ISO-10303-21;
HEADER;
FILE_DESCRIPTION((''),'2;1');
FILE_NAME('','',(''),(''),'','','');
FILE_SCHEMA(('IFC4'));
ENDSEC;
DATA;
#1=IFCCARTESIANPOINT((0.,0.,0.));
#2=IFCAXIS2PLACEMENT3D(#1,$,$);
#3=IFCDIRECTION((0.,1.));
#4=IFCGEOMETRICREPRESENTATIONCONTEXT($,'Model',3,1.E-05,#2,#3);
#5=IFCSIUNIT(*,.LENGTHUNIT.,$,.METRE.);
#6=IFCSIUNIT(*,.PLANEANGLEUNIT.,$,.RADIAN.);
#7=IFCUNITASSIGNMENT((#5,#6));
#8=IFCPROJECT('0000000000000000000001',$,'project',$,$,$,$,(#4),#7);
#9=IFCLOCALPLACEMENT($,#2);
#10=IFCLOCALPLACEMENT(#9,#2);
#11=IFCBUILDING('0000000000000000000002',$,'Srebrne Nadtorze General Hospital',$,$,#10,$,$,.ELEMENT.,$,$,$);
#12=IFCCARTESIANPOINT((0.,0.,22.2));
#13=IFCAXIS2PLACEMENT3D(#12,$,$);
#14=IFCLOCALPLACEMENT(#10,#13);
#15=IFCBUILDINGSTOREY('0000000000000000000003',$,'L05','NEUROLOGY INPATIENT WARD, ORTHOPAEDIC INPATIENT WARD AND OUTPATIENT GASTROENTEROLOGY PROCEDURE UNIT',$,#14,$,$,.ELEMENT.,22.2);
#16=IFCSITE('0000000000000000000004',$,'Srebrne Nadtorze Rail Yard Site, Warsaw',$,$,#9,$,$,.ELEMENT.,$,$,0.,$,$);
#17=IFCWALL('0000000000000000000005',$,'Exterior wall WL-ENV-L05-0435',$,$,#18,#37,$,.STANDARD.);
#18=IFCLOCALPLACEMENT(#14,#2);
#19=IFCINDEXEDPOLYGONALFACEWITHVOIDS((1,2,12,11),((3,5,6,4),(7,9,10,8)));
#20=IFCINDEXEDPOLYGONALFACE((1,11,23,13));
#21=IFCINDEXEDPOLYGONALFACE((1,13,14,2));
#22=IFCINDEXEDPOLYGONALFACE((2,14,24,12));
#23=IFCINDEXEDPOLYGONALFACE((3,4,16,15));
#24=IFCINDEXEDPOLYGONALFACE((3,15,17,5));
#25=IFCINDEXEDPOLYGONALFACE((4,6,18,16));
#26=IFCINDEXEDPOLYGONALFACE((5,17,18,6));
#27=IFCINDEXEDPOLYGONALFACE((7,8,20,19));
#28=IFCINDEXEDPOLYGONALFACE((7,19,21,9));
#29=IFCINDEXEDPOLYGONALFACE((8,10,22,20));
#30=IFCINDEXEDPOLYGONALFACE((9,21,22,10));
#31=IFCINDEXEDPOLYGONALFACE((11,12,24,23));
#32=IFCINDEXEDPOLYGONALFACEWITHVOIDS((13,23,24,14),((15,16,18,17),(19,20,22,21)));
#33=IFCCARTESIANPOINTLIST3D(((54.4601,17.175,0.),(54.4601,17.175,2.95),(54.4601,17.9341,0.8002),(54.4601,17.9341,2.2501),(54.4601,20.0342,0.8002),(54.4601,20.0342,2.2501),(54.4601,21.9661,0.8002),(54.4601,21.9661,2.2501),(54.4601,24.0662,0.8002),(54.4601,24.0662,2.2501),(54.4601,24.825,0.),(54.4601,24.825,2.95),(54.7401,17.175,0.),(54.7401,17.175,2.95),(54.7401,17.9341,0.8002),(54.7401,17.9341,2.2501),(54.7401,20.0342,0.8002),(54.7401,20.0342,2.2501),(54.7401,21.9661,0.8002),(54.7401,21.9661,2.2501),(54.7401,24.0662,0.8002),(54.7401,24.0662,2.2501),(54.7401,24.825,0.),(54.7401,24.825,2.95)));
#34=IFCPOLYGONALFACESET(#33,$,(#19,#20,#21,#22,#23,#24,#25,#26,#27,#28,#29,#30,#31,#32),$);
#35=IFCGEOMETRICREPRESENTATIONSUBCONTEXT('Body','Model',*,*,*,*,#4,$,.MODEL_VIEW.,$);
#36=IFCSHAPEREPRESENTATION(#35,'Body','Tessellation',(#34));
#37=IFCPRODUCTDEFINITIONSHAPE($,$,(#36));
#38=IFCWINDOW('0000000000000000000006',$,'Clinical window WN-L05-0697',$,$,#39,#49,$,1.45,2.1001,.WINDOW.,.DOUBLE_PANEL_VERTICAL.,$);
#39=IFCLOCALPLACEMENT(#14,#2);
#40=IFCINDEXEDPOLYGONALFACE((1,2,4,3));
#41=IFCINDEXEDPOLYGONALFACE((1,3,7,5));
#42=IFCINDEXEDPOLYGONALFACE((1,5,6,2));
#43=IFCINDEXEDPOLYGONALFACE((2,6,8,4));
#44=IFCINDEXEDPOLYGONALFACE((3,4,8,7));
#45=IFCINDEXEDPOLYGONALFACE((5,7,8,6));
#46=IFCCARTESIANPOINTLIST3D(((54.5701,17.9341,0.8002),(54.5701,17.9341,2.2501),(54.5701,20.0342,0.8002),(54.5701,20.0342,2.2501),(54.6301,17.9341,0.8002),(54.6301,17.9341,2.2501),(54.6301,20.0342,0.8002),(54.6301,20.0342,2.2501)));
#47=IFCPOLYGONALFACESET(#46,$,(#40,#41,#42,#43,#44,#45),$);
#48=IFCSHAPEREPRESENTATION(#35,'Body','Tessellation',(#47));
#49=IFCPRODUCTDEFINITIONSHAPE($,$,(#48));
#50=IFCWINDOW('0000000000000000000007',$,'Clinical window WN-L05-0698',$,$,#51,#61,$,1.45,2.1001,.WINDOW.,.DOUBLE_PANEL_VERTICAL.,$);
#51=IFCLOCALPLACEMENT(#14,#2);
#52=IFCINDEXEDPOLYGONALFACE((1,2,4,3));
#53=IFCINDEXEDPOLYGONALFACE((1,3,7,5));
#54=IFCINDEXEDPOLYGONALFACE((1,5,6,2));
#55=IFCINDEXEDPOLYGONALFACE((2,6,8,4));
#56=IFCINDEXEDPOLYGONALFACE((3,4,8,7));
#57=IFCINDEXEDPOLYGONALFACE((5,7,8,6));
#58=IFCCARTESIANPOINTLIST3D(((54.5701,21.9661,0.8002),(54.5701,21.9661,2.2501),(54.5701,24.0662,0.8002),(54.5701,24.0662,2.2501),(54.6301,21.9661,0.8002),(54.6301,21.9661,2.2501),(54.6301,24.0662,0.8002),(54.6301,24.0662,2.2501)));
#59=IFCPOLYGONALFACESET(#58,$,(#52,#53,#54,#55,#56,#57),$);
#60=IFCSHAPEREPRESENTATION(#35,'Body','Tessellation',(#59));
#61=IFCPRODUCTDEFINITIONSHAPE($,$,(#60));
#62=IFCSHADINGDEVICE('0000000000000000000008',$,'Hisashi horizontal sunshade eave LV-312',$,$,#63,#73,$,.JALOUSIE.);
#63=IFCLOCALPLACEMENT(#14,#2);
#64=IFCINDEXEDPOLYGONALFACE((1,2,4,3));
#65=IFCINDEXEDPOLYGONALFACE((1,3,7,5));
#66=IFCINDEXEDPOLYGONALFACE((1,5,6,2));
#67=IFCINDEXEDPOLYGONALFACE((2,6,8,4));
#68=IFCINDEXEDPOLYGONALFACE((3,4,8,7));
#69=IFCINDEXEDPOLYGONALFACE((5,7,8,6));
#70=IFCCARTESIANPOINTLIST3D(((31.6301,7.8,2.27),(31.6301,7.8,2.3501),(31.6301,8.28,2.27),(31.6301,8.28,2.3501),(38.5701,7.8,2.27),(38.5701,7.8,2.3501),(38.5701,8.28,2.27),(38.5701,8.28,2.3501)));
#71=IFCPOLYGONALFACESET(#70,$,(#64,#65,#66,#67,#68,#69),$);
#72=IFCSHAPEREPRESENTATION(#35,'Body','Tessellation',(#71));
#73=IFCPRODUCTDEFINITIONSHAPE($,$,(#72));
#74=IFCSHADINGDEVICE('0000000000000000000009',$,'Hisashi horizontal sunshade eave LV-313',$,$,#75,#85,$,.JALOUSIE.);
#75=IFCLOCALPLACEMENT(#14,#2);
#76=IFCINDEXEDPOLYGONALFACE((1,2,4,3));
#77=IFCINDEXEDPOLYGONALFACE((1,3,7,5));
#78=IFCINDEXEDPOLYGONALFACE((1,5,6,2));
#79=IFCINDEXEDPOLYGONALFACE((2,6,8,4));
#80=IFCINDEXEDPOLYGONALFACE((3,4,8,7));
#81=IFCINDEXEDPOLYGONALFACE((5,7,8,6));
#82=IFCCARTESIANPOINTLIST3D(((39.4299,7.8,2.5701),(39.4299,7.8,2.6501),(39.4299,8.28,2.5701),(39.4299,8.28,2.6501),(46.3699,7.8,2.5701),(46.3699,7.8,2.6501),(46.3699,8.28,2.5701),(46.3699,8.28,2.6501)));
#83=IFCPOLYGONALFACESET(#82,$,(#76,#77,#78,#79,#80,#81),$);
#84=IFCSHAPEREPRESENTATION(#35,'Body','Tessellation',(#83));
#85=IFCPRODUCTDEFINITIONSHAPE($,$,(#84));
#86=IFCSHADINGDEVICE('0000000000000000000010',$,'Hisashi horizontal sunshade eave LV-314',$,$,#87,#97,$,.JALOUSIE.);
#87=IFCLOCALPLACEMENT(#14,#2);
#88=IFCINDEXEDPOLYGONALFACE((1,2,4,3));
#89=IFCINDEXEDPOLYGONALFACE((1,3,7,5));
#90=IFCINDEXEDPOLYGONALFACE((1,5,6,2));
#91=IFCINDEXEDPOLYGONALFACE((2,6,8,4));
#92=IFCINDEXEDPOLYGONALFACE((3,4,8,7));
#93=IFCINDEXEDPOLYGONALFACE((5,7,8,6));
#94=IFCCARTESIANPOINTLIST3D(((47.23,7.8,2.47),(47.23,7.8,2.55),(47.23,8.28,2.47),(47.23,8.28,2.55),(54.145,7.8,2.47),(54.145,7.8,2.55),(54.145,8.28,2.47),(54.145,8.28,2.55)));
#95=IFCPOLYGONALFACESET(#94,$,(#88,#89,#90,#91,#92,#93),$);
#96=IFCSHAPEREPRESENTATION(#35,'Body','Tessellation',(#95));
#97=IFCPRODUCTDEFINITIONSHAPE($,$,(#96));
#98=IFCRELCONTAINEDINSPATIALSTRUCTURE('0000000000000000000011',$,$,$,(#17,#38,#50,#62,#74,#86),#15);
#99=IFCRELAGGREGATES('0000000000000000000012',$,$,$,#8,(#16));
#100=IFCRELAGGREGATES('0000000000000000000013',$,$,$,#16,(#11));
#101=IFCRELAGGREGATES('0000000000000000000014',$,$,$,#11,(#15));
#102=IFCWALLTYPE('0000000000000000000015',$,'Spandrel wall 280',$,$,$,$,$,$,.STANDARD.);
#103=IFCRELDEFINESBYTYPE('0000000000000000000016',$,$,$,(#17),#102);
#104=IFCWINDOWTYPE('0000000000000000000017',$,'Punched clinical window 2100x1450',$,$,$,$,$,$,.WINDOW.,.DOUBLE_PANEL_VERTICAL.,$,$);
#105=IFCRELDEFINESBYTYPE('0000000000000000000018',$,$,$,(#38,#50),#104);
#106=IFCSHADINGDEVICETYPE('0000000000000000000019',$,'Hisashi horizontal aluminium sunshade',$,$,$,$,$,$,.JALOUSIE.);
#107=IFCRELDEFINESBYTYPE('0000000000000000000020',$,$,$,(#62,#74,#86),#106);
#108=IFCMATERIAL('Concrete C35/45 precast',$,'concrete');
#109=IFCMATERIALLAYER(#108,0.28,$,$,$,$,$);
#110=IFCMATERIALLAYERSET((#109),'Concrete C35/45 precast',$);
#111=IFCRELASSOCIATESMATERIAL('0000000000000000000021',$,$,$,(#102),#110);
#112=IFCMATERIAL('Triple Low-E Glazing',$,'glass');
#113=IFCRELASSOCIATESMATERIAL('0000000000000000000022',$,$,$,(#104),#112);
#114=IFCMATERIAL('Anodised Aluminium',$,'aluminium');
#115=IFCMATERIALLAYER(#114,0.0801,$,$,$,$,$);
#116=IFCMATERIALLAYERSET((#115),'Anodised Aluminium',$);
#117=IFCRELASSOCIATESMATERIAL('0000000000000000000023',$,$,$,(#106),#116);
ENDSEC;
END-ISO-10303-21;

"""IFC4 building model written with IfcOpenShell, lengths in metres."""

from ifc_helpers import new_model, si_unit, direction, frame, frame_2d, origin, origin_2d, place, context, subcontext, project, spatial, rectangle, extrude, material, layer, layer_set, type_object, element, fill, save


model = new_model("IFC4")

# Units and contexts
model_context = context("Model", 3, precision=1e-05, world=origin(), true_north=direction((0.0, 1.0)))
body_context = subcontext(model_context, "Body", "Model", "MODEL_VIEW")
ifc_project = project(units=[si_unit("LENGTHUNIT", "METRE"), si_unit("PLANEANGLEUNIT", "RADIAN")], contexts=[model_context])

# Site, building, storey
site_placement = place(None, origin())
site = spatial("IfcSite", under=ifc_project, at=site_placement, Name="Srebrne Nadtorze Rail Yard Site, Warsaw", CompositionType="ELEMENT", RefElevation=0.0)
building_placement = place(site_placement, origin())
building = spatial("IfcBuilding", under=site, at=building_placement, Name="Srebrne Nadtorze General Hospital", CompositionType="ELEMENT")
storey_placement = place(building_placement, frame((0.0, 0.0, 22.2)))
storey = spatial("IfcBuildingStorey", under=building, at=storey_placement, Name="L05", Description="NEUROLOGY INPATIENT WARD, ORTHOPAEDIC INPATIENT WARD AND OUTPATIENT GASTROENTEROLOGY PROCEDURE UNIT", CompositionType="ELEMENT", Elevation=22.2)

# Wall, openings, windows
ifc_material_1 = material(Name="Concrete C35/45 precast", Category="concrete")
ifc_layer_1 = layer(ifc_material_1, 0.28)
ifc_layer_set_1 = layer_set([ifc_layer_1], Name="Concrete C35/45 precast")
wall_type = type_object("IfcWallType", Name="Spandrel wall 280", PredefinedType="STANDARD", material=ifc_layer_set_1)
wall_1_placement = place(storey_placement, frame((54.6001, 17.175, 0.0), z_axis=(0.0, 0.0, 1.0), x_axis=(0.0, 1.0, 0.0)))
wall_1 = element("IfcWall", 1, at=wall_1_placement, inside=storey, type_object=wall_type, Name="Exterior wall WL-ENV-L05-0435", PredefinedType="STANDARD", context=body_context, shape_type="SweptSolid", body=[
    extrude(rectangle(XDim=7.6499, YDim=0.28, at=frame_2d((3.825, 0.0))), origin(), (0.0, 0.0, 1.0), 2.95),
])
opening_1_placement = place(wall_1_placement, frame((0.759, 0.0, 0.8)))
opening_1 = element("IfcOpeningElement", 2, at=opening_1_placement, cuts=wall_1, PredefinedType="OPENING", context=body_context, shape_type="SweptSolid", body=[
    extrude(rectangle(XDim=2.1001, YDim=1.45, at=frame_2d((1.05, 0.7251))), frame((0.0, 0.1519, 0.0), z_axis=(0.0, -1.0, 0.0), x_axis=(1.0, 0.0, 0.0)), (0.0, 0.0, 1.0), 0.304),
])
opening_2_placement = place(wall_1_placement, frame((4.791, 0.0, 0.8)))
opening_2 = element("IfcOpeningElement", 3, at=opening_2_placement, cuts=wall_1, PredefinedType="OPENING", context=body_context, shape_type="SweptSolid", body=[
    extrude(rectangle(XDim=2.1001, YDim=1.45, at=frame_2d((1.05, 0.7251))), frame((0.0, 0.1519, 0.0), z_axis=(0.0, -1.0, 0.0), x_axis=(1.0, 0.0, 0.0)), (0.0, 0.0, 1.0), 0.304),
])
ifc_material_2 = material(Name="Triple Low-E Glazing", Category="glass")
window_type_1 = type_object("IfcWindowType", Name="Punched clinical window 2100x1450", PartitioningType="DOUBLE_PANEL_VERTICAL", PredefinedType="WINDOW", material=ifc_material_2)
window_1_placement = place(opening_1_placement, origin())
window_1 = element("IfcWindow", 4, at=window_1_placement, inside=storey, type_object=window_type_1, Name="Clinical window WN-L05-0697", OverallHeight=1.45, OverallWidth=2.1001, PartitioningType="DOUBLE_PANEL_VERTICAL", PredefinedType="WINDOW", context=body_context, shape_type="SweptSolid", body=[
    extrude(rectangle(XDim=2.1001, YDim=1.45, at=frame_2d((1.05, 0.7251))), frame((0.0, 0.03, 0.0), z_axis=(0.0, -1.0, 0.0), x_axis=(1.0, 0.0, 0.0)), (0.0, 0.0, 1.0), 0.0601),
])
fill(opening_1, window_1)
window_2_placement = place(opening_2_placement, origin())
window_2 = element("IfcWindow", 5, at=window_2_placement, inside=storey, type_object=window_type_1, Name="Clinical window WN-L05-0698", OverallHeight=1.45, OverallWidth=2.1001, PartitioningType="DOUBLE_PANEL_VERTICAL", PredefinedType="WINDOW", context=body_context, shape_type="SweptSolid", body=[
    extrude(rectangle(XDim=2.1001, YDim=1.45, at=frame_2d((1.05, 0.7251))), frame((0.0, 0.03, 0.0), z_axis=(0.0, -1.0, 0.0), x_axis=(1.0, 0.0, 0.0)), (0.0, 0.0, 1.0), 0.0601),
])
fill(opening_2, window_2)

# Shading devices
ifc_material_3 = material(Name="Anodised Aluminium", Category="aluminium")
ifc_layer_2 = layer(ifc_material_3, 0.0801)
ifc_layer_set_2 = layer_set([ifc_layer_2], Name="Anodised Aluminium")
shading_device_type = type_object("IfcShadingDeviceType", Name="Hisashi horizontal aluminium sunshade", PredefinedType="JALOUSIE", material=ifc_layer_set_2)
for number, where, z_axis, x_axis, name in (
    (6, (35.1001, 8.04, 2.27), (0.0, 0.0, 1.0), (1.0, 0.0, 0.0), "Hisashi horizontal sunshade eave LV-312"),
    (7, (42.8999, 8.04, 2.5701), (0.0, 0.0, 1.0), (1.0, 0.0, 0.0), "Hisashi horizontal sunshade eave LV-313"),
):
    element("IfcShadingDevice", number, at=place(storey_placement, frame(where, z_axis=z_axis, x_axis=x_axis)), inside=storey, type_object=shading_device_type, Name=name, PredefinedType="JALOUSIE", context=body_context, shape_type="SweptSolid", body=[
        extrude(rectangle(XDim=6.9399, YDim=0.48, at=origin_2d()), origin(), (0.0, 0.0, 1.0), 0.0801),
    ])
shading_device_placement = place(storey_placement, frame((50.6875, 8.04, 2.47), z_axis=(0.0, 0.0, 1.0), x_axis=(1.0, 0.0, 0.0)))
element("IfcShadingDevice", 8, at=shading_device_placement, inside=storey, type_object=shading_device_type, Name="Hisashi horizontal sunshade eave LV-314", PredefinedType="JALOUSIE", context=body_context, shape_type="SweptSolid", body=[
    extrude(rectangle(XDim=6.915, YDim=0.48, at=origin_2d()), origin(), (0.0, 0.0, 1.0), 0.0801),
])

save(model, "model.ifc")
